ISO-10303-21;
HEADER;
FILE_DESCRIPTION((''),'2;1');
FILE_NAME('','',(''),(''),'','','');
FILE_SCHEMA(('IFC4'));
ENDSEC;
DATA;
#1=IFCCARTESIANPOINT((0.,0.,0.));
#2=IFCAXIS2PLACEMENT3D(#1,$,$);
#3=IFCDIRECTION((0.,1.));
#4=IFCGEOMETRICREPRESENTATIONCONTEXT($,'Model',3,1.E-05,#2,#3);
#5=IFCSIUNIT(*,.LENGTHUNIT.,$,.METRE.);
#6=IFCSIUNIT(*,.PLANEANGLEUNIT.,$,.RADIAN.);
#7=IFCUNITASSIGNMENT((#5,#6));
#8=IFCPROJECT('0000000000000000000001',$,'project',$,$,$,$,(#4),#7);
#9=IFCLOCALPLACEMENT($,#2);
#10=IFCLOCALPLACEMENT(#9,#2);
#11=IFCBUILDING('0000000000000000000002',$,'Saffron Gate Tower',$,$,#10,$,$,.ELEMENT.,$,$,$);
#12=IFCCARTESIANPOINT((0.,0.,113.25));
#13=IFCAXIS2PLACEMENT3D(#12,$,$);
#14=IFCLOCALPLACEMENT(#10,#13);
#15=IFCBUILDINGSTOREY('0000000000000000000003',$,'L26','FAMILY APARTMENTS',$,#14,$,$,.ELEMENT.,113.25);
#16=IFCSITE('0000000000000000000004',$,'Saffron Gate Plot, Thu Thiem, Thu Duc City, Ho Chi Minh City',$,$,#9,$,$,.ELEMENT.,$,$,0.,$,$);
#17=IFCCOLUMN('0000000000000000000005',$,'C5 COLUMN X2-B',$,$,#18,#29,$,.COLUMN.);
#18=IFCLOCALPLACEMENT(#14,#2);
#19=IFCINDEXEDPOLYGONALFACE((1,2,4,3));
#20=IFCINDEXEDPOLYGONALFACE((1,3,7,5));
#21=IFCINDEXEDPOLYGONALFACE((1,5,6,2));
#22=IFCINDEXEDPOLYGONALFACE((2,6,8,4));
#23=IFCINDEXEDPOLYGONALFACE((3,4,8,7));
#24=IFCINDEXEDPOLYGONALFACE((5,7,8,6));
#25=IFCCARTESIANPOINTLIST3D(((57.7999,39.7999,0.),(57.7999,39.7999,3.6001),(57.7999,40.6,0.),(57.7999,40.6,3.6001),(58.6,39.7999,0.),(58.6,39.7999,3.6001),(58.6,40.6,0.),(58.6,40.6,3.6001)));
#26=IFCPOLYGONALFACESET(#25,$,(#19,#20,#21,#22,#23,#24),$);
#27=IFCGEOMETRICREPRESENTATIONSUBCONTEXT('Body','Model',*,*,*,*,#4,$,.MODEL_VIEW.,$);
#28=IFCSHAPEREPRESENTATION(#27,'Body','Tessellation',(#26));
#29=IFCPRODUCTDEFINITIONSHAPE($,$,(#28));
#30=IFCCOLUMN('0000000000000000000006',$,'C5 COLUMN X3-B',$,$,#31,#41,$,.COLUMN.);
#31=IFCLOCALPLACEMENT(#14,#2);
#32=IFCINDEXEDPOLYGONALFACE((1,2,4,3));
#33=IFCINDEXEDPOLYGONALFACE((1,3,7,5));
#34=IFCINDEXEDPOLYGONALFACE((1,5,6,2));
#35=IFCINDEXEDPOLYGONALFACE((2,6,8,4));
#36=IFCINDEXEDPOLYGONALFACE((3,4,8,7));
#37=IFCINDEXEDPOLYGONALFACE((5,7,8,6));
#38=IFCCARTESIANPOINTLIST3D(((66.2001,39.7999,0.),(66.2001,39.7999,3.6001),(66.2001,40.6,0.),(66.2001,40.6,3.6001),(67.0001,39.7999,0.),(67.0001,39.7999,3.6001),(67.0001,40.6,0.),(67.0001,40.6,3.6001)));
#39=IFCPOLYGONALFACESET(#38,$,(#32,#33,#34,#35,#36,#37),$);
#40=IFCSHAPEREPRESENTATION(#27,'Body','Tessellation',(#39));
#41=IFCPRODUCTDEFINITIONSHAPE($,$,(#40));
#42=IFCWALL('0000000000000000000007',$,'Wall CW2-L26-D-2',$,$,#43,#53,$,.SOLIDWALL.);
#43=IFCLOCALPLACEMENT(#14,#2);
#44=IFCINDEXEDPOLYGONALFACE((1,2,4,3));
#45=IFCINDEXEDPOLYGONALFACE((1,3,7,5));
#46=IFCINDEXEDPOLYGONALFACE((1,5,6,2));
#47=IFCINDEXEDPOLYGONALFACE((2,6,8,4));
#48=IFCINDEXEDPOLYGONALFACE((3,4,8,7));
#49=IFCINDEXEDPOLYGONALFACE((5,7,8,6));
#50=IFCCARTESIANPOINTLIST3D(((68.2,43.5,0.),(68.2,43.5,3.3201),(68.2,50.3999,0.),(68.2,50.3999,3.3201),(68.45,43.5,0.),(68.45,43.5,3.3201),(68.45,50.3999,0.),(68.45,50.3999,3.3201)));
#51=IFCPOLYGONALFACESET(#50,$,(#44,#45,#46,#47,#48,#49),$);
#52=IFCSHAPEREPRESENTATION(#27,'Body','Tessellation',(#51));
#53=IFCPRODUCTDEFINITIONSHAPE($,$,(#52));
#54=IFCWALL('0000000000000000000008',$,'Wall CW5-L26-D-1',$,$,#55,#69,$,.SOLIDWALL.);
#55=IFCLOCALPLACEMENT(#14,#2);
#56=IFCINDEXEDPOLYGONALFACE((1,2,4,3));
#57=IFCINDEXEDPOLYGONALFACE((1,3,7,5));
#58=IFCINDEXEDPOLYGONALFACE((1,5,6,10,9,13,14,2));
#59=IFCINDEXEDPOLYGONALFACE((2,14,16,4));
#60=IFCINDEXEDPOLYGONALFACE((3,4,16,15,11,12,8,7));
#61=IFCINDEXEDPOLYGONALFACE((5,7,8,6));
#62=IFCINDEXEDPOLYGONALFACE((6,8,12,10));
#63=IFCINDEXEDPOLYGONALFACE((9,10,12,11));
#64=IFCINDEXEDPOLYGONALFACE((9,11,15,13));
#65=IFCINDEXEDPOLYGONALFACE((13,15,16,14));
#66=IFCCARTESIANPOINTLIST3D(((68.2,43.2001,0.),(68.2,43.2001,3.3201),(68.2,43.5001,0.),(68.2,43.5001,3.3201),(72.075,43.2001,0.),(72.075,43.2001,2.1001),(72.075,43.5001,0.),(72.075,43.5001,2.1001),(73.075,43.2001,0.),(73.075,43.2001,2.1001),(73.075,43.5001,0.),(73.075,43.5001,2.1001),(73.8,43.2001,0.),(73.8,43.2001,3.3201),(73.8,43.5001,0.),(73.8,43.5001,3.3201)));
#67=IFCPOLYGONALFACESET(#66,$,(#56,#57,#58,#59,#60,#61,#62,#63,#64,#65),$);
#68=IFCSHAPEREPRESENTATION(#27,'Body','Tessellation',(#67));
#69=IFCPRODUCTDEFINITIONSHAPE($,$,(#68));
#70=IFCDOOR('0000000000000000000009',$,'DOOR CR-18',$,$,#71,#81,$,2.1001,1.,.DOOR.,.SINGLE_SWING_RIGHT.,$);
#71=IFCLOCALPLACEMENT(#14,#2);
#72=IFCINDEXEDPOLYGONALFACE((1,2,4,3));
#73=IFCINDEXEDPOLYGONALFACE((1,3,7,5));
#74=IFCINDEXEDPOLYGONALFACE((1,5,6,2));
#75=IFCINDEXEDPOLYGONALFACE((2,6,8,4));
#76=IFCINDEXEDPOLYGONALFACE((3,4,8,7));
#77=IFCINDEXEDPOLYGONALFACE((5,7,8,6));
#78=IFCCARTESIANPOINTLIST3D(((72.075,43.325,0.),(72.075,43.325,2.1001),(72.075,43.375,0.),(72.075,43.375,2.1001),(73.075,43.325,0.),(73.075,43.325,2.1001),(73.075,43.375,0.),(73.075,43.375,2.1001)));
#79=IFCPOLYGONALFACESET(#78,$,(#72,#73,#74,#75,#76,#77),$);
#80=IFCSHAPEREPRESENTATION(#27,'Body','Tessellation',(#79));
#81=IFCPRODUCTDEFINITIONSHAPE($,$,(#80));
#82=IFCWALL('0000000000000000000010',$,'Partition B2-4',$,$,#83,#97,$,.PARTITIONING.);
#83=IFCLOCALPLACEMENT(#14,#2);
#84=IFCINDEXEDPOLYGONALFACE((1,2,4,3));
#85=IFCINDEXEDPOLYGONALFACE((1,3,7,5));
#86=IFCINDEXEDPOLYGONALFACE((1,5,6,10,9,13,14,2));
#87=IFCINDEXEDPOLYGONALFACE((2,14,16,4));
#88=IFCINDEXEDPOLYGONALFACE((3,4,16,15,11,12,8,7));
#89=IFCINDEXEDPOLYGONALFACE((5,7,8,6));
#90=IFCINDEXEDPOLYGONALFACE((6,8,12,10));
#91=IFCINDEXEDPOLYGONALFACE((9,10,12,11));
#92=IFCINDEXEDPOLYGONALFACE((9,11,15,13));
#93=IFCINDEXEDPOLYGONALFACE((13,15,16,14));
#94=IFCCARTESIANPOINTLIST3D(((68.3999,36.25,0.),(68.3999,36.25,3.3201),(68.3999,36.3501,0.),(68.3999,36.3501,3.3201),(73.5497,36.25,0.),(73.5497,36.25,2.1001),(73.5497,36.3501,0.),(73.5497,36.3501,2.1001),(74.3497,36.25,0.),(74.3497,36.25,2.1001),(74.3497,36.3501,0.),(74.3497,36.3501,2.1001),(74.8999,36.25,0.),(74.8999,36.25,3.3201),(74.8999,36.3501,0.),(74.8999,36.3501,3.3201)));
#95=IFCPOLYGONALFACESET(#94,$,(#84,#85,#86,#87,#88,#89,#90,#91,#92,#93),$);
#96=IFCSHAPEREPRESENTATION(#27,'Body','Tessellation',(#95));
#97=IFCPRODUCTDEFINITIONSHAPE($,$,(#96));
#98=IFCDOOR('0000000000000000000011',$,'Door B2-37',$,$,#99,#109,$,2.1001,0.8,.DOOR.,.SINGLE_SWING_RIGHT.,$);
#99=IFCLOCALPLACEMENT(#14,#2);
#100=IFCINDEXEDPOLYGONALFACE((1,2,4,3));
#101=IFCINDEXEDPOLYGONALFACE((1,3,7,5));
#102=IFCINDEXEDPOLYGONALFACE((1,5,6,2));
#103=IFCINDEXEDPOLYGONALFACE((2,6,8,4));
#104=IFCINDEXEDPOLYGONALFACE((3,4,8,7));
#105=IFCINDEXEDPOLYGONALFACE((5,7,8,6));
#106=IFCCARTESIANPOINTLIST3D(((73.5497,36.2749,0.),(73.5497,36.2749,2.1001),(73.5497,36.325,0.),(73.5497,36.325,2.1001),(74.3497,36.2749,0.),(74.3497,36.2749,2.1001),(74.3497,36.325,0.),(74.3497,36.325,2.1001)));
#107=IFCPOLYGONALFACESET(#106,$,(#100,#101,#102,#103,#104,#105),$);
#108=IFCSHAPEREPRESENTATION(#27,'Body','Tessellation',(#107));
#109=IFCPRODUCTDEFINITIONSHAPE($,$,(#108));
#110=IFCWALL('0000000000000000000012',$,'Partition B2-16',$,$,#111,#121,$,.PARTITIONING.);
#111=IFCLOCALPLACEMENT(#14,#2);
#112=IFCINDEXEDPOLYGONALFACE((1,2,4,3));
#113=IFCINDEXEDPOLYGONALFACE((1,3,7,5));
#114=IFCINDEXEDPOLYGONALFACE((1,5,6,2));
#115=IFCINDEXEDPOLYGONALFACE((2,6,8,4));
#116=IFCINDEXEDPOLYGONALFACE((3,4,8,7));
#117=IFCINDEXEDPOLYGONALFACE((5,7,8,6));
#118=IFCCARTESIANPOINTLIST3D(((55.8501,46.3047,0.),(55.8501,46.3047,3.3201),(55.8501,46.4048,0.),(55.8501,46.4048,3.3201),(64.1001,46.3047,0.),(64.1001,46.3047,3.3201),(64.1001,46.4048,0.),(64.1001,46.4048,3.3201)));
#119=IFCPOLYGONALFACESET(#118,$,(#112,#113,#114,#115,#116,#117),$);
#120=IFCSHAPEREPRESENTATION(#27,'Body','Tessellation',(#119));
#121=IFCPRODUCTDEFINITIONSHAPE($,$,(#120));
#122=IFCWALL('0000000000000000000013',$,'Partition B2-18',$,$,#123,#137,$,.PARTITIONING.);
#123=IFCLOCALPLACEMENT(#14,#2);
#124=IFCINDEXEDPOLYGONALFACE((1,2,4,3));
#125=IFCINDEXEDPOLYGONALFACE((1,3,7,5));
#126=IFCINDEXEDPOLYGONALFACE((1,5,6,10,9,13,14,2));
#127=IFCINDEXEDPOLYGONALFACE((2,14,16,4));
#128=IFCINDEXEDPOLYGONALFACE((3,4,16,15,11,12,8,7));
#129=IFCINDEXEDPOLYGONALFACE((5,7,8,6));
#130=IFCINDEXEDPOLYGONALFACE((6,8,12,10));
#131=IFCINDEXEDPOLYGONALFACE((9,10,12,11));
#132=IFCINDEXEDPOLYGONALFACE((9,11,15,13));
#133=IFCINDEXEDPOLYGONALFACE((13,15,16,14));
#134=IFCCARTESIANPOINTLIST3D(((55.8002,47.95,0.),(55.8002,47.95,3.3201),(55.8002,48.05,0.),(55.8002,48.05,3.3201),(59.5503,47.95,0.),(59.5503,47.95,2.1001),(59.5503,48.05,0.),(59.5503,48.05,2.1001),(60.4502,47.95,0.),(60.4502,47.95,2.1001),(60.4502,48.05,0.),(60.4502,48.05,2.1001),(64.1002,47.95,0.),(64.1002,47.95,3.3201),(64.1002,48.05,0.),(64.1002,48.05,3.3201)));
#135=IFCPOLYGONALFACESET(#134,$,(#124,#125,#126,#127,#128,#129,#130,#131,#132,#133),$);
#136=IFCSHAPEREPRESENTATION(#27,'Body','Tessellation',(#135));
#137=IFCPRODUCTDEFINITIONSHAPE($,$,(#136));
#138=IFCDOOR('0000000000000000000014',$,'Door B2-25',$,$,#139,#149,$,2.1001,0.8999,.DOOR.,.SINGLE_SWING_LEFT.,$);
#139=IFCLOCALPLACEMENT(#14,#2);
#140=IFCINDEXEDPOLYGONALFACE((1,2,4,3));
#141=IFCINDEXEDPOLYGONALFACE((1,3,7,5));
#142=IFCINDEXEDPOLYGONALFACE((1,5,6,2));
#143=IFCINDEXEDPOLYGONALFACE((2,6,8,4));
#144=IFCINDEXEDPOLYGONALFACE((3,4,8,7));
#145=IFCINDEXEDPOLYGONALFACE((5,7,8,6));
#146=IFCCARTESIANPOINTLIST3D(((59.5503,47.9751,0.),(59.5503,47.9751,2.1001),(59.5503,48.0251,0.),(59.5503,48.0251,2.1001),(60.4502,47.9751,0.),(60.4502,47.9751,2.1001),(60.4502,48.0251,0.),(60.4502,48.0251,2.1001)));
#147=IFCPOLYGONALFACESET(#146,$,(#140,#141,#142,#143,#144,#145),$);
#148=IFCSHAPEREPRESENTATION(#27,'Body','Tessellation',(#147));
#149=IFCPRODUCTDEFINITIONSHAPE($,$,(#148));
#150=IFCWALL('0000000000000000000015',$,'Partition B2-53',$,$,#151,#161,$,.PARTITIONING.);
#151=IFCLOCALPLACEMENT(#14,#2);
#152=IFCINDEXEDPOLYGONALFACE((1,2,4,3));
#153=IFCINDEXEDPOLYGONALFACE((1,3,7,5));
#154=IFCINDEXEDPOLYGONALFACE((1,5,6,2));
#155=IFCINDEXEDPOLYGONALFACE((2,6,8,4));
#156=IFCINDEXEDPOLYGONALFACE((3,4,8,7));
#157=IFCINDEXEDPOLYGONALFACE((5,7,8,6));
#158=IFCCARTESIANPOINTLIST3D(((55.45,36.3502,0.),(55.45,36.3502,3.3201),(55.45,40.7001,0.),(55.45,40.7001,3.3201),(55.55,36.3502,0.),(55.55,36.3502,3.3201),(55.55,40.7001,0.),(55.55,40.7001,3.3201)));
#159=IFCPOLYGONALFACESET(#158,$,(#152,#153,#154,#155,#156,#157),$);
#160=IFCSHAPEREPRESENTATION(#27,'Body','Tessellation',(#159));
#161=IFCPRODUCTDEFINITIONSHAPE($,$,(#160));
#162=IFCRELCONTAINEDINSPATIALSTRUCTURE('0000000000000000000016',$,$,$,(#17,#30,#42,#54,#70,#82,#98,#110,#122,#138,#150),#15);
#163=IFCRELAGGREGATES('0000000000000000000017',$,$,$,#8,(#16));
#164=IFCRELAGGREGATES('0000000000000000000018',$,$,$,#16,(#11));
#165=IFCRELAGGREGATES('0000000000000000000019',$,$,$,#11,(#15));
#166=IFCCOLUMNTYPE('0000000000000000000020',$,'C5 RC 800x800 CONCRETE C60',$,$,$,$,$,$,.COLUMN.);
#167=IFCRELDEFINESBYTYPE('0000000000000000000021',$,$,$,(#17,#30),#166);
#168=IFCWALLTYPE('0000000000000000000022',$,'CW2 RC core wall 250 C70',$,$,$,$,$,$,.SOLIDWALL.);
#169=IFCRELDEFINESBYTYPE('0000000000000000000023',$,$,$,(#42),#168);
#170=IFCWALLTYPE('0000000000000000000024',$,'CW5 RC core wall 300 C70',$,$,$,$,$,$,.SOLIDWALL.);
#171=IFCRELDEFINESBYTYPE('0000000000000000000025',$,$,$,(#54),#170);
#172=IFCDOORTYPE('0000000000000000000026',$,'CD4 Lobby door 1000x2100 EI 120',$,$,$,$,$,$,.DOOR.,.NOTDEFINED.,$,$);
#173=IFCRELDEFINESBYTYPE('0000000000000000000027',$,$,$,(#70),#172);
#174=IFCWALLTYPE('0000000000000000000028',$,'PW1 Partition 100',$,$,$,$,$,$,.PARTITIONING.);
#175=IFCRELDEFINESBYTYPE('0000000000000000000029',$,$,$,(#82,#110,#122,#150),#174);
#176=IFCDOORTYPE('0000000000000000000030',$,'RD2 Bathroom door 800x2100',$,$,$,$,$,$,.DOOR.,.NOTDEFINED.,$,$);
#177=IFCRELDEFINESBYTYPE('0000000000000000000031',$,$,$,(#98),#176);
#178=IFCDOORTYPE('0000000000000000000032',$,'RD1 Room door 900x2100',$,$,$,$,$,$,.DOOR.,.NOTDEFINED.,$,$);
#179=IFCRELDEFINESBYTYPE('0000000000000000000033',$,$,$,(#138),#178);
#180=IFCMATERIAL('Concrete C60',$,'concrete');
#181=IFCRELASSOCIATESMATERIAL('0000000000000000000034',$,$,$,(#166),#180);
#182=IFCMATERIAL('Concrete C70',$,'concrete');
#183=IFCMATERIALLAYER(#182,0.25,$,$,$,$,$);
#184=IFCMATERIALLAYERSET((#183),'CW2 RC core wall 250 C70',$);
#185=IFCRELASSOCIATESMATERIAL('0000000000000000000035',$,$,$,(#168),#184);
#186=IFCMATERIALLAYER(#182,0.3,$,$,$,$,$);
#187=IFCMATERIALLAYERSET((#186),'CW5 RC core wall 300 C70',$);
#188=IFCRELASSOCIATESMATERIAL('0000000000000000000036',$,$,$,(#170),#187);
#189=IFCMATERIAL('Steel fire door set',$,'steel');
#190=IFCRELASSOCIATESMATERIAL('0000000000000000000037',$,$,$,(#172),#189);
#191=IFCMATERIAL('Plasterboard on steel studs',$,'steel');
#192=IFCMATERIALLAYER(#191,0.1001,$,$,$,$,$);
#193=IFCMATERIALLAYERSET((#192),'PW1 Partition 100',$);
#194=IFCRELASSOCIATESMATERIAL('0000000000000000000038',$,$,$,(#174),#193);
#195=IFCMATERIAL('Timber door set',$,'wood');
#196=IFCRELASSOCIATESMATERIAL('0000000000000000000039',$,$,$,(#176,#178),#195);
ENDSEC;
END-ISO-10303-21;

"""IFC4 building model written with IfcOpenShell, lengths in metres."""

from ifc_helpers import new_model, si_unit, direction, frame, frame_2d, origin, origin_2d, place, context, subcontext, project, spatial, rectangle, extrude, material, layer, layer_set, material_profile, profile_set, type_object, element, fill, save


model = new_model("IFC4")

# Units and contexts
model_context = context("Model", 3, precision=1e-05, world=origin(), true_north=direction((0.0, 1.0)))
body_context = subcontext(model_context, "Body", "Model", "MODEL_VIEW")
ifc_project = project(units=[si_unit("LENGTHUNIT", "METRE"), si_unit("PLANEANGLEUNIT", "RADIAN")], contexts=[model_context])

# Site, building, storey
site_placement = place(None, origin())
site = spatial("IfcSite", under=ifc_project, at=site_placement, Name="Saffron Gate Plot, Thu Thiem, Thu Duc City, Ho Chi Minh City", CompositionType="ELEMENT", RefElevation=0.0)
building_placement = place(site_placement, origin())
building = spatial("IfcBuilding", under=site, at=building_placement, Name="Saffron Gate Tower", CompositionType="ELEMENT")
storey_placement = place(building_placement, frame((0.0, 0.0, 113.25)))
storey = spatial("IfcBuildingStorey", under=building, at=storey_placement, Name="L26", Description="FAMILY APARTMENTS", CompositionType="ELEMENT", Elevation=113.25)

# Columns
ifc_material_1 = material(Name="Concrete C60", Category="concrete")
ifc_material_profile = material_profile(ifc_material_1, rectangle(XDim=0.8, YDim=0.8, at=origin_2d()))
ifc_profile_set = profile_set([ifc_material_profile], Name="Concrete C60")
column_type = type_object("IfcColumnType", Name="C5 RC 800x800 CONCRETE C60", PredefinedType="COLUMN", material=ifc_profile_set)
for number, where, z_axis, x_axis, name in (
    (1, (58.2, 40.2, 0.0), (0.0, 0.0, 1.0), (1.0, 0.0, 0.0), "C5 COLUMN X2-B"),
    (2, (66.6001, 40.2, 0.0), (0.0, 0.0, 1.0), (1.0, 0.0, 0.0), "C5 COLUMN X3-B"),
):
    element("IfcColumn", number, at=place(storey_placement, frame(where, z_axis=z_axis, x_axis=x_axis)), inside=storey, type_object=column_type, Name=name, PredefinedType="COLUMN", context=body_context, shape_type="SweptSolid", body=[
        extrude(rectangle(XDim=0.8, YDim=0.8, at=origin_2d()), origin(), (0.0, 0.0, 1.0), 3.6001),
    ])

# Wall
ifc_material_2 = material(Name="Concrete C70", Category="concrete")
ifc_layer_1 = layer(ifc_material_2, 0.25)
ifc_layer_set_1 = layer_set([ifc_layer_1], Name="CW2 RC core wall 250 C70")
wall_type_1 = type_object("IfcWallType", Name="CW2 RC core wall 250 C70", PredefinedType="SOLIDWALL", material=ifc_layer_set_1)
wall_1_placement = place(storey_placement, frame((68.325, 43.5, 0.0), z_axis=(0.0, 0.0, 1.0), x_axis=(0.0, 1.0, 0.0)))
element("IfcWall", 3, at=wall_1_placement, inside=storey, type_object=wall_type_1, Name="Wall CW2-L26-D-2", PredefinedType="SOLIDWALL", context=body_context, shape_type="SweptSolid", body=[
    extrude(rectangle(XDim=6.8999, YDim=0.25, at=frame_2d((3.45, 0.0))), origin(), (0.0, 0.0, 1.0), 3.3201),
])

# Walls, openings, doors
ifc_layer_2 = layer(ifc_material_2, 0.3)
ifc_layer_set_2 = layer_set([ifc_layer_2], Name="CW5 RC core wall 300 C70")
wall_type_2 = type_object("IfcWallType", Name="CW5 RC core wall 300 C70", PredefinedType="SOLIDWALL", material=ifc_layer_set_2)
wall_2_placement = place(storey_placement, frame((68.2, 43.3501, 0.0), z_axis=(0.0, 0.0, 1.0), x_axis=(1.0, 0.0, 0.0)))
wall_2 = element("IfcWall", 4, at=wall_2_placement, inside=storey, type_object=wall_type_2, Name="Wall CW5-L26-D-1", PredefinedType="SOLIDWALL", context=body_context, shape_type="SweptSolid", body=[
    extrude(rectangle(XDim=5.6001, YDim=0.3, at=frame_2d((2.8, 0.0))), origin(), (0.0, 0.0, 1.0), 3.3201),
])
opening_1_placement = place(wall_2_placement, frame((3.875, 0.0, 0.0)))
opening_1 = element("IfcOpeningElement", 5, at=opening_1_placement, cuts=wall_2, PredefinedType="OPENING", context=body_context, shape_type="SweptSolid", body=[
    extrude(rectangle(XDim=1.0, YDim=2.1001, at=frame_2d((0.5, 1.05))), frame((0.0, 0.1602, 0.0), z_axis=(0.0, -1.0, 0.0), x_axis=(1.0, 0.0, 0.0)), (0.0, 0.0, 1.0), 0.3201),
])
ifc_material_3 = material(Name="Steel fire door set", Category="steel")
door_type_1 = type_object("IfcDoorType", Name="CD4 Lobby door 1000x2100 EI 120", OperationType="NOTDEFINED", PredefinedType="DOOR", material=ifc_material_3)
door_1_placement = place(opening_1_placement, origin())
door_1 = element("IfcDoor", 6, at=door_1_placement, inside=storey, type_object=door_type_1, Name="DOOR CR-18", OperationType="SINGLE_SWING_RIGHT", OverallHeight=2.1001, OverallWidth=1.0, PredefinedType="DOOR", context=body_context, shape_type="SweptSolid", body=[
    extrude(rectangle(XDim=1.0, YDim=2.1001, at=frame_2d((0.5, 1.05))), frame((0.0, 0.0249, 0.0), z_axis=(0.0, -1.0, 0.0), x_axis=(1.0, 0.0, 0.0)), (0.0, 0.0, 1.0), 0.05),
])
fill(opening_1, door_1)
ifc_material_4 = material(Name="Plasterboard on steel studs", Category="steel")
ifc_layer_3 = layer(ifc_material_4, 0.1001)
ifc_layer_set_3 = layer_set([ifc_layer_3], Name="PW1 Partition 100")
wall_type_3 = type_object("IfcWallType", Name="PW1 Partition 100", PredefinedType="PARTITIONING", material=ifc_layer_set_3)
wall_3_placement = place(storey_placement, frame((68.3999, 36.3, 0.0), z_axis=(0.0, 0.0, 1.0), x_axis=(1.0, 0.0, 0.0)))
wall_3 = element("IfcWall", 7, at=wall_3_placement, inside=storey, type_object=wall_type_3, Name="Partition B2-4", PredefinedType="PARTITIONING", context=body_context, shape_type="SweptSolid", body=[
    extrude(rectangle(XDim=6.5, YDim=0.1001, at=frame_2d((3.25, 0.0))), origin(), (0.0, 0.0, 1.0), 3.3201),
])
opening_2_placement = place(wall_3_placement, frame((5.1499, 0.0, 0.0)))
opening_2 = element("IfcOpeningElement", 8, at=opening_2_placement, cuts=wall_3, PredefinedType="OPENING", context=body_context, shape_type="SweptSolid", body=[
    extrude(rectangle(XDim=0.8, YDim=2.1001, at=frame_2d((0.3999, 1.05))), frame((0.0, 0.0601, 0.0), z_axis=(0.0, -1.0, 0.0), x_axis=(1.0, 0.0, 0.0)), (0.0, 0.0, 1.0), 0.1201),
])
ifc_material_5 = material(Name="Timber door set", Category="wood")
door_type_2 = type_object("IfcDoorType", Name="RD2 Bathroom door 800x2100", OperationType="NOTDEFINED", PredefinedType="DOOR", material=ifc_material_5)
door_2_placement = place(opening_2_placement, origin())
door_2 = element("IfcDoor", 9, at=door_2_placement, inside=storey, type_object=door_type_2, Name="Door B2-37", OperationType="SINGLE_SWING_RIGHT", OverallHeight=2.1001, OverallWidth=0.8, PredefinedType="DOOR", context=body_context, shape_type="SweptSolid", body=[
    extrude(rectangle(XDim=0.8, YDim=2.1001, at=frame_2d((0.3999, 1.05))), frame((0.0, 0.0249, 0.0), z_axis=(0.0, -1.0, 0.0), x_axis=(1.0, 0.0, 0.0)), (0.0, 0.0, 1.0), 0.05),
])
fill(opening_2, door_2)

# Wall
wall_4_placement = place(storey_placement, frame((55.8501, 46.3547, 0.0), z_axis=(0.0, 0.0, 1.0), x_axis=(1.0, 0.0, 0.0)))
element("IfcWall", 10, at=wall_4_placement, inside=storey, type_object=wall_type_3, Name="Partition B2-16", PredefinedType="PARTITIONING", context=body_context, shape_type="SweptSolid", body=[
    extrude(rectangle(XDim=8.25, YDim=0.1001, at=frame_2d((4.125, 0.0))), origin(), (0.0, 0.0, 1.0), 3.3201),
])

# Wall, opening, door
wall_5_placement = place(storey_placement, frame((64.1001, 48.0, 0.0), z_axis=(0.0, 0.0, 1.0), x_axis=(-1.0, 0.0, 0.0)))
wall_5 = element("IfcWall", 11, at=wall_5_placement, inside=storey, type_object=wall_type_3, Name="Partition B2-18", PredefinedType="PARTITIONING", context=body_context, shape_type="SweptSolid", body=[
    extrude(rectangle(XDim=8.3, YDim=0.1001, at=frame_2d((4.1499, 0.0))), origin(), (0.0, 0.0, 1.0), 3.3201),
])
opening_3_placement = place(wall_5_placement, frame((3.6499, 0.0, 0.0)))
opening_3 = element("IfcOpeningElement", 12, at=opening_3_placement, cuts=wall_5, PredefinedType="OPENING", context=body_context, shape_type="SweptSolid", body=[
    extrude(rectangle(XDim=0.8999, YDim=2.1001, at=frame_2d((0.45, 1.05))), frame((0.0, 0.0601, 0.0), z_axis=(0.0, -1.0, 0.0), x_axis=(1.0, 0.0, 0.0)), (0.0, 0.0, 1.0), 0.1201),
])
door_type_3 = type_object("IfcDoorType", Name="RD1 Room door 900x2100", OperationType="NOTDEFINED", PredefinedType="DOOR", material=ifc_material_5)
door_3_placement = place(opening_3_placement, origin())
door_3 = element("IfcDoor", 13, at=door_3_placement, inside=storey, type_object=door_type_3, Name="Door B2-25", OperationType="SINGLE_SWING_LEFT", OverallHeight=2.1001, OverallWidth=0.8999, PredefinedType="DOOR", context=body_context, shape_type="SweptSolid", body=[
    extrude(rectangle(XDim=0.8999, YDim=2.1001, at=frame_2d((0.45, 1.05))), frame((0.0, 0.0249, 0.0), z_axis=(0.0, -1.0, 0.0), x_axis=(1.0, 0.0, 0.0)), (0.0, 0.0, 1.0), 0.05),
])
fill(opening_3, door_3)

# Wall
wall_6_placement = place(storey_placement, frame((55.5, 40.7, 0.0), z_axis=(0.0, 0.0, 1.0), x_axis=(0.0, -1.0, 0.0)))
element("IfcWall", 14, at=wall_6_placement, inside=storey, type_object=wall_type_3, Name="Partition B2-53", PredefinedType="PARTITIONING", context=body_context, shape_type="SweptSolid", body=[
    extrude(rectangle(XDim=4.3499, YDim=0.1001, at=frame_2d((2.1748, 0.0))), origin(), (0.0, 0.0, 1.0), 3.3201),
])

save(model, "model.ifc")
